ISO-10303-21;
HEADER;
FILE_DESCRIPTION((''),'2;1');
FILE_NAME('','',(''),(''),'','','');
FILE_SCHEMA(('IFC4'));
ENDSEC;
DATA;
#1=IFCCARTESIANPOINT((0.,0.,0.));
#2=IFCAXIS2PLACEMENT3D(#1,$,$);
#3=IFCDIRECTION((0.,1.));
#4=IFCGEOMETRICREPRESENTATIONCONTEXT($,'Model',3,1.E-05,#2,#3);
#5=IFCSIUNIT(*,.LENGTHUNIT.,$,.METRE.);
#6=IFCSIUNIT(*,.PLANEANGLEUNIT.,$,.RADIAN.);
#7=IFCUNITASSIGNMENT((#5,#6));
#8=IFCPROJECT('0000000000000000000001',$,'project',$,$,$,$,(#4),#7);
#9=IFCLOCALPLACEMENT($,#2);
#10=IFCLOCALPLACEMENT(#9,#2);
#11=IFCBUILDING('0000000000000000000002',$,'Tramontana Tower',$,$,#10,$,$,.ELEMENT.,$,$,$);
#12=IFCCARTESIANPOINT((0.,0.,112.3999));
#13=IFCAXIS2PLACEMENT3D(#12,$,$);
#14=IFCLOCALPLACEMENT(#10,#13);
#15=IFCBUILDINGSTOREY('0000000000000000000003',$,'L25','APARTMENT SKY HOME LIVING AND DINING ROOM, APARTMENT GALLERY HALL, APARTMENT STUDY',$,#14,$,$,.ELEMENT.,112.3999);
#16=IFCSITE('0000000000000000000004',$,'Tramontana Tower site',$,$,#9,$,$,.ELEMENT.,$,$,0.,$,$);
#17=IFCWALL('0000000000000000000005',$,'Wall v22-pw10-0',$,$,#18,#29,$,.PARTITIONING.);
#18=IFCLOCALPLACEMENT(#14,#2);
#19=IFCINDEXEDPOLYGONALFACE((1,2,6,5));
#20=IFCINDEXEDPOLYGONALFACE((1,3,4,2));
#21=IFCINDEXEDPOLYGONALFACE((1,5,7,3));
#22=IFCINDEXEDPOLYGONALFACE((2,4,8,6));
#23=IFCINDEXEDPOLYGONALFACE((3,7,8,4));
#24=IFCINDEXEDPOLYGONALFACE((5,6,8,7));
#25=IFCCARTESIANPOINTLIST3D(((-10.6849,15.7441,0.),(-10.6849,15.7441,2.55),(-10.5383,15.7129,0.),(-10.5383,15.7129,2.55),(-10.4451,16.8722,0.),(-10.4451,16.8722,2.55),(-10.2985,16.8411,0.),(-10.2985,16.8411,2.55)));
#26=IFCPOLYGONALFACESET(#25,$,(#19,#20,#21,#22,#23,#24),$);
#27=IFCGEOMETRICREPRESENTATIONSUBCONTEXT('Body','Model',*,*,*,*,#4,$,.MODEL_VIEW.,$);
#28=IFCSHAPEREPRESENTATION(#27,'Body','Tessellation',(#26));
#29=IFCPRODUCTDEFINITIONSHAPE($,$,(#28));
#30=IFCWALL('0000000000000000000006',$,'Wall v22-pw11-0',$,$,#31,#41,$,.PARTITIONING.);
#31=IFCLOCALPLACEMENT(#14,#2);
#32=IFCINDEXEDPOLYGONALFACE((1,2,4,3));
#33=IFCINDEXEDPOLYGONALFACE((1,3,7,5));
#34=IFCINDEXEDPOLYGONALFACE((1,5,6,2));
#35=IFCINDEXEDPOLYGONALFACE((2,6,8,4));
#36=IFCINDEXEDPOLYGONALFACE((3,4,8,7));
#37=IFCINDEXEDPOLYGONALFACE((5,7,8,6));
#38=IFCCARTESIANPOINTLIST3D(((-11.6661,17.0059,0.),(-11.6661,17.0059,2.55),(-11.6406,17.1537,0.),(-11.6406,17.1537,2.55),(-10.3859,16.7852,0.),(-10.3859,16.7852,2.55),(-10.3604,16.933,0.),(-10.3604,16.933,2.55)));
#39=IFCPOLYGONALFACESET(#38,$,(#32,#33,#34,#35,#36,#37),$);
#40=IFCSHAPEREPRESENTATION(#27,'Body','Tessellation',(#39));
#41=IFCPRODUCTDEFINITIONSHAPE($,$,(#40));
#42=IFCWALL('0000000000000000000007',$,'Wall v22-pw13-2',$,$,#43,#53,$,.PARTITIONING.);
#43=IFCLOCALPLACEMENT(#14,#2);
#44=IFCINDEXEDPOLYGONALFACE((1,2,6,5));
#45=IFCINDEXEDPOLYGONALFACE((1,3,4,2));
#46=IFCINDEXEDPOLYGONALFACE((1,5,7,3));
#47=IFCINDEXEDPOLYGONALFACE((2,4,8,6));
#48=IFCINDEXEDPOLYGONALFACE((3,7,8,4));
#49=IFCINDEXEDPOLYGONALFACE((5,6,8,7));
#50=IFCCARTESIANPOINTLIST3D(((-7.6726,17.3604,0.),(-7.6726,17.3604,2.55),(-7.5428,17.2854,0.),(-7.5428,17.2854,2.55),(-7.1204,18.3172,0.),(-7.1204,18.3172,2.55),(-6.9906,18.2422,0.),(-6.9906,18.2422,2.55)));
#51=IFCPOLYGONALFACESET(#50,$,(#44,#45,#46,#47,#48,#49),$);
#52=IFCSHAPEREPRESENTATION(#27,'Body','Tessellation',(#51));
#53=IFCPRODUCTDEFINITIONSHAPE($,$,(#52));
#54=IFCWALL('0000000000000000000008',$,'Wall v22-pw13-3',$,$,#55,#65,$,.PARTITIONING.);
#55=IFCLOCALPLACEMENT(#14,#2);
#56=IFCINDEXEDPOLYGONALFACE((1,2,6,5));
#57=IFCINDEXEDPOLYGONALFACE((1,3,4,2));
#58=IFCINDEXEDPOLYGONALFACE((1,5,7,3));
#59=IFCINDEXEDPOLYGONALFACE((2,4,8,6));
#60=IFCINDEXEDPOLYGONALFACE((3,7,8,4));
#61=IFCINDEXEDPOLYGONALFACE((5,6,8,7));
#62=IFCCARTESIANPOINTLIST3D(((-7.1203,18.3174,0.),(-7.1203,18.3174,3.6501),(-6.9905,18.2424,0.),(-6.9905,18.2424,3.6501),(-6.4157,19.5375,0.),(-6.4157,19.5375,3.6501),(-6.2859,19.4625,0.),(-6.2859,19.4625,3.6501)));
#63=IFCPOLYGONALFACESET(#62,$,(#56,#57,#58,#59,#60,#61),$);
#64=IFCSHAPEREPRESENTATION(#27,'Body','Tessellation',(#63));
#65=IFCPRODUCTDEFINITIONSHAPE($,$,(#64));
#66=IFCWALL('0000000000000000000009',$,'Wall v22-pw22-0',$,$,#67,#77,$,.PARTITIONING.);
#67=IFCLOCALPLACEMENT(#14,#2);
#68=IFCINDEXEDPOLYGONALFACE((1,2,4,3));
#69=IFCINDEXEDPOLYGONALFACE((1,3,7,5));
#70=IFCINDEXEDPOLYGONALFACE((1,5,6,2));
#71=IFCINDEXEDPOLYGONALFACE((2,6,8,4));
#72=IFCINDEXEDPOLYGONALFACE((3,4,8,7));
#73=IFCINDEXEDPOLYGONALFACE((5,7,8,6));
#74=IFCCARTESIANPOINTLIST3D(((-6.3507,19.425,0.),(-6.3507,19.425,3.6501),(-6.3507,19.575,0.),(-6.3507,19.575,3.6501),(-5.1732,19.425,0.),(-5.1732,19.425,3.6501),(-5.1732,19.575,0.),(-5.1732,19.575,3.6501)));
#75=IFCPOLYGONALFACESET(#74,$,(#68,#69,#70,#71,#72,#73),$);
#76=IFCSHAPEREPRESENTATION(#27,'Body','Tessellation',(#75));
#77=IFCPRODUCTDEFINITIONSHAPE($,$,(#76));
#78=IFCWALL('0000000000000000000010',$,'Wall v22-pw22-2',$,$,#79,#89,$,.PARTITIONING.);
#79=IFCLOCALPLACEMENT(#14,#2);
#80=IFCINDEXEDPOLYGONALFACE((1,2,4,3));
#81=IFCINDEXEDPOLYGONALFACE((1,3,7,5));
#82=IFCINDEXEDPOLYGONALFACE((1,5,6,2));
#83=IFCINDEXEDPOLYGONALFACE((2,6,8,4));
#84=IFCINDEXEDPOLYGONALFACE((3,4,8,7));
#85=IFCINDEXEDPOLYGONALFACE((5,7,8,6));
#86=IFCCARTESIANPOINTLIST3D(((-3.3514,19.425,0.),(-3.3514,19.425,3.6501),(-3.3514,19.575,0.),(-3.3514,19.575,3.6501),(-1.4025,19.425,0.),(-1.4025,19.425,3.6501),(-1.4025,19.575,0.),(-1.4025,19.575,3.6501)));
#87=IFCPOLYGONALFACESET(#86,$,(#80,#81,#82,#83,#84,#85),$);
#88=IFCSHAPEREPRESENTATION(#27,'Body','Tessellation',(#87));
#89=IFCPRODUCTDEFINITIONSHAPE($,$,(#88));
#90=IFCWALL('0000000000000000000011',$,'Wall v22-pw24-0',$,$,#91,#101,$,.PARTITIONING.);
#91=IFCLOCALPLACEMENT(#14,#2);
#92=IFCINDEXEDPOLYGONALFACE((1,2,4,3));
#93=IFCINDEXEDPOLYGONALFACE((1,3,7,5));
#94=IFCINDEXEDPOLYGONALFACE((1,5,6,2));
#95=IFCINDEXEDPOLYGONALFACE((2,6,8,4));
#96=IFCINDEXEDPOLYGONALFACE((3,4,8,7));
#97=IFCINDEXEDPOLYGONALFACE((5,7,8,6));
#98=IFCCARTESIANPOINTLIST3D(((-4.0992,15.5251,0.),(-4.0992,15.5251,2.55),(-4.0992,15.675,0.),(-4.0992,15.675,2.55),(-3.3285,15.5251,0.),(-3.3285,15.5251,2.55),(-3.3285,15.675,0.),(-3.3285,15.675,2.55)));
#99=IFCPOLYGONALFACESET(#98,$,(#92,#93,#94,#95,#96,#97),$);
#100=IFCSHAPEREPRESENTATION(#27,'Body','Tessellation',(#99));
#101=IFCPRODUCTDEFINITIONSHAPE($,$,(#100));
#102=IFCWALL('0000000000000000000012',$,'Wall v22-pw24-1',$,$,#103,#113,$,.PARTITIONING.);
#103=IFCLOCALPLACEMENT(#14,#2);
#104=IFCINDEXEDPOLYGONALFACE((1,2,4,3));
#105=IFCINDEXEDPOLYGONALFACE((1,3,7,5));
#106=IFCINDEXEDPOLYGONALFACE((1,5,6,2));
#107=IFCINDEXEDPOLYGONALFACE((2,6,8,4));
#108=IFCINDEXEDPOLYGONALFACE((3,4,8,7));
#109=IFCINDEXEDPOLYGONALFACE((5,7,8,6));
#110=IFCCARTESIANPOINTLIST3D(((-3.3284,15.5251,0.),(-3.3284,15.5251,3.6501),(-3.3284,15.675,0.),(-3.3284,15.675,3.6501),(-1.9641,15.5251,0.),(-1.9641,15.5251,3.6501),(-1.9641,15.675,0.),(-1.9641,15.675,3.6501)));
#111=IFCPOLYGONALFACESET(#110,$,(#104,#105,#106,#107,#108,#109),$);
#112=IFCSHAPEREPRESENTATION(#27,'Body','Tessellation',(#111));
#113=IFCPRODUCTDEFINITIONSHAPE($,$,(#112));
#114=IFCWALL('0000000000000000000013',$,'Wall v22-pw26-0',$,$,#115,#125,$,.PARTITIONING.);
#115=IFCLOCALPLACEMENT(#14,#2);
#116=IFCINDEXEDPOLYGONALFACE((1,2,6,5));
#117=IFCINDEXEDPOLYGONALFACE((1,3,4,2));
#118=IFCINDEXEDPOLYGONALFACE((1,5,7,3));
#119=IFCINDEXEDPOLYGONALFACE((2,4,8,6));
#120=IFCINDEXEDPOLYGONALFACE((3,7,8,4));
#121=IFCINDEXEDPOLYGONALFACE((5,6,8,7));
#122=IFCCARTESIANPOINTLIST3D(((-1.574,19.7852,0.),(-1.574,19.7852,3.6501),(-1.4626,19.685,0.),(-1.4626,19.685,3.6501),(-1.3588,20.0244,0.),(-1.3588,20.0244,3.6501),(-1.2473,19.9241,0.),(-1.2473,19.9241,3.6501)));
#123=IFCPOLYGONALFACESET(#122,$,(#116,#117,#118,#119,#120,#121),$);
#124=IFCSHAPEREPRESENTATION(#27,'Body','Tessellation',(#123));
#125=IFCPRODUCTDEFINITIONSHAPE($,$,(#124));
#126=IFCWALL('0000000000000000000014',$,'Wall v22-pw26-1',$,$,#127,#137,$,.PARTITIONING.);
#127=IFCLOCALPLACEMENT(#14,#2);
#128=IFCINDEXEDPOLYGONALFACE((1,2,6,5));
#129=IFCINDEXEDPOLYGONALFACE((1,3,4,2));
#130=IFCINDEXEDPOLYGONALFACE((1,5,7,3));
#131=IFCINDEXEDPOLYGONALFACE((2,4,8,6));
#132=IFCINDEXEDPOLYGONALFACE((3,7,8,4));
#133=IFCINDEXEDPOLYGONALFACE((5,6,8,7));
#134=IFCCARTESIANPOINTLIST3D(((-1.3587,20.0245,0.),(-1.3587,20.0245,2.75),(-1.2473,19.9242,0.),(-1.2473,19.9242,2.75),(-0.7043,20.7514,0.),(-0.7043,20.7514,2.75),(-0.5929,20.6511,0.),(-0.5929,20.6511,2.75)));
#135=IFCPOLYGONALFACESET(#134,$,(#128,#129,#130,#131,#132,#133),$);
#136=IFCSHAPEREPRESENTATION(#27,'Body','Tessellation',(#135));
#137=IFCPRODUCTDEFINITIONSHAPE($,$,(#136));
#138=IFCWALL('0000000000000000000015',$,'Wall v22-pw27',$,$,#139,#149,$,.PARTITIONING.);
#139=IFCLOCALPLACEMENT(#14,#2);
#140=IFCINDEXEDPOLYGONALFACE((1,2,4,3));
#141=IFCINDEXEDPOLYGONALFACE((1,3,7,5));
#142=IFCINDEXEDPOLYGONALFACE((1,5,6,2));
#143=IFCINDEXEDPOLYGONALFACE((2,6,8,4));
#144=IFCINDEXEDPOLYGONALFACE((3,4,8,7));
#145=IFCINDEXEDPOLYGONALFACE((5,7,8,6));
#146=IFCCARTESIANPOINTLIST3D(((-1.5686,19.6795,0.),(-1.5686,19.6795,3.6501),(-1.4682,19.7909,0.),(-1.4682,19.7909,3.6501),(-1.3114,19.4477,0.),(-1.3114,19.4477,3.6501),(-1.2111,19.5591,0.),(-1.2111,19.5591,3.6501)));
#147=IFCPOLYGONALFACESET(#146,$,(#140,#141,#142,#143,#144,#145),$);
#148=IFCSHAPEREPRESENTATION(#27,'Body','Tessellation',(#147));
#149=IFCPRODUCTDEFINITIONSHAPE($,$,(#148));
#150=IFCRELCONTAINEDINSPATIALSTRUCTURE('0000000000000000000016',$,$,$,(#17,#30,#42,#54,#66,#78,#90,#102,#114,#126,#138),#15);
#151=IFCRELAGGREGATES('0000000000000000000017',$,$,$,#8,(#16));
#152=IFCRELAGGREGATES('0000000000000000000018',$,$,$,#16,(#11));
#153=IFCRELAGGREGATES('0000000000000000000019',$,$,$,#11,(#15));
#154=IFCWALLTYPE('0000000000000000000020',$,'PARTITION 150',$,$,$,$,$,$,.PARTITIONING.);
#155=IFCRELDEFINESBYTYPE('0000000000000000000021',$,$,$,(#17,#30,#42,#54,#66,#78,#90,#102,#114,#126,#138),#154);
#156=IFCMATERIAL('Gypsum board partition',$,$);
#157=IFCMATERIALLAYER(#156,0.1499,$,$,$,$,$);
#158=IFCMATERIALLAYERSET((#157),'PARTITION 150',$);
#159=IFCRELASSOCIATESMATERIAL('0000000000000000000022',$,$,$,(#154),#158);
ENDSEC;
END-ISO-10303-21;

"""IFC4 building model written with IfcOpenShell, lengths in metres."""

from ifc_helpers import new_model, si_unit, direction, frame, frame_2d, origin, place, context, subcontext, project, spatial, rectangle, extrude, material, layer, layer_set, type_object, element, save


model = new_model("IFC4")

# Units and contexts
model_context = context("Model", 3, precision=1e-05, world=origin(), true_north=direction((0.0, 1.0)))
body_context = subcontext(model_context, "Body", "Model", "MODEL_VIEW")
ifc_project = project(units=[si_unit("LENGTHUNIT", "METRE"), si_unit("PLANEANGLEUNIT", "RADIAN")], contexts=[model_context])

# Site, building, storey
site_placement = place(None, origin())
site = spatial("IfcSite", under=ifc_project, at=site_placement, Name="Tramontana Tower site", CompositionType="ELEMENT", RefElevation=0.0)
building_placement = place(site_placement, origin())
building = spatial("IfcBuilding", under=site, at=building_placement, Name="Tramontana Tower", CompositionType="ELEMENT")
storey_placement = place(building_placement, frame((0.0, 0.0, 112.3999)))
storey = spatial("IfcBuildingStorey", under=building, at=storey_placement, Name="L25", Description="APARTMENT SKY HOME LIVING AND DINING ROOM, APARTMENT GALLERY HALL, APARTMENT STUDY", CompositionType="ELEMENT", Elevation=112.3999)

# Walls
ifc_material_1 = material(Name="Gypsum board partition")
ifc_layer_1 = layer(ifc_material_1, 0.1499)
ifc_layer_set_1 = layer_set([ifc_layer_1], Name="PARTITION 150")
wall_type_1 = type_object("IfcWallType", Name="PARTITION 150", PredefinedType="PARTITIONING", material=ifc_layer_set_1)
wall_1_placement = place(storey_placement, frame((-10.6116, 15.7285, 0.0), z_axis=(0.0, 0.0, 1.0), x_axis=(0.207866, 0.978157, 0.0)))
element("IfcWall", 1, at=wall_1_placement, inside=storey, type_object=wall_type_1, Name="Wall v22-pw10-0", PredefinedType="PARTITIONING", context=body_context, shape_type="SweptSolid", body=[
    extrude(rectangle(XDim=1.1533, YDim=0.1499, at=frame_2d((0.5767, 0.0))), origin(), (0.0, 0.0, 1.0), 2.55),
])
wall_2_placement = place(storey_placement, frame((-10.3733, 16.8591, 0.0), z_axis=(0.0, 0.0, 1.0), x_axis=(-0.985464, 0.169882, 0.0)))
element("IfcWall", 2, at=wall_2_placement, inside=storey, type_object=wall_type_1, Name="Wall v22-pw11-0", PredefinedType="PARTITIONING", context=body_context, shape_type="SweptSolid", body=[
    extrude(rectangle(XDim=1.2991, YDim=0.1499, at=frame_2d((0.6494, 0.0))), origin(), (0.0, 0.0, 1.0), 2.55),
])
wall_3_placement = place(storey_placement, frame((-7.6077, 17.323, 0.0), z_axis=(0.0, 0.0, 1.0), x_axis=(0.499895, 0.866086, 0.0)))
element("IfcWall", 3, at=wall_3_placement, inside=storey, type_object=wall_type_1, Name="Wall v22-pw13-2", PredefinedType="PARTITIONING", context=body_context, shape_type="SweptSolid", body=[
    extrude(rectangle(XDim=1.1047, YDim=0.1499, at=frame_2d((0.5522, 0.0))), origin(), (0.0, 0.0, 1.0), 2.55),
])
wall_4_placement = place(storey_placement, frame((-7.0554, 18.2798, 0.0), z_axis=(0.0, 0.0, 1.0), x_axis=(0.500052, 0.865995, 0.0)))
element("IfcWall", 4, at=wall_4_placement, inside=storey, type_object=wall_type_1, Name="Wall v22-pw13-3", PredefinedType="PARTITIONING", context=body_context, shape_type="SweptSolid", body=[
    extrude(rectangle(XDim=1.4089, YDim=0.1499, at=frame_2d((0.7046, 0.0))), origin(), (0.0, 0.0, 1.0), 3.6501),
])
wall_5_placement = place(storey_placement, frame((-6.3508, 19.5, 0.0), z_axis=(0.0, 0.0, 1.0), x_axis=(1.0, 0.0, 0.0)))
element("IfcWall", 5, at=wall_5_placement, inside=storey, type_object=wall_type_1, Name="Wall v22-pw22-0", PredefinedType="PARTITIONING", context=body_context, shape_type="SweptSolid", body=[
    extrude(rectangle(XDim=1.1775, YDim=0.1499, at=frame_2d((0.5889, 0.0))), origin(), (0.0, 0.0, 1.0), 3.6501),
])

# Walls
wall_6_placement = place(storey_placement, frame((-3.3516, 19.5, 0.0), z_axis=(0.0, 0.0, 1.0), x_axis=(1.0, 0.0, 0.0)))
element("IfcWall", 6, at=wall_6_placement, inside=storey, type_object=wall_type_1, Name="Wall v22-pw22-2", PredefinedType="PARTITIONING", context=body_context, shape_type="SweptSolid", body=[
    extrude(rectangle(XDim=1.949, YDim=0.1499, at=frame_2d((0.9746, 0.0))), origin(), (0.0, 0.0, 1.0), 3.6501),
])
wall_7_placement = place(storey_placement, frame((-4.0991, 15.6001, 0.0), z_axis=(0.0, 0.0, 1.0), x_axis=(1.0, 0.0, 0.0)))
element("IfcWall", 7, at=wall_7_placement, inside=storey, type_object=wall_type_1, Name="Wall v22-pw24-0", PredefinedType="PARTITIONING", context=body_context, shape_type="SweptSolid", body=[
    extrude(rectangle(XDim=0.7708, YDim=0.1499, at=frame_2d((0.3853, 0.0))), origin(), (0.0, 0.0, 1.0), 2.55),
])
wall_8_placement = place(storey_placement, frame((-3.3284, 15.6001, 0.0), z_axis=(0.0, 0.0, 1.0), x_axis=(1.0, 0.0, 0.0)))
element("IfcWall", 8, at=wall_8_placement, inside=storey, type_object=wall_type_1, Name="Wall v22-pw24-1", PredefinedType="PARTITIONING", context=body_context, shape_type="SweptSolid", body=[
    extrude(rectangle(XDim=1.3643, YDim=0.1499, at=frame_2d((0.6821, 0.0))), origin(), (0.0, 0.0, 1.0), 3.6501),
])

# Walls
wall_9_placement = place(storey_placement, frame((-1.5183, 19.7351, 0.0), z_axis=(0.0, 0.0, 1.0), x_axis=(0.668965, 0.743294, 0.0)))
element("IfcWall", 9, at=wall_9_placement, inside=storey, type_object=wall_type_1, Name="Wall v22-pw26-0", PredefinedType="PARTITIONING", context=body_context, shape_type="SweptSolid", body=[
    extrude(rectangle(XDim=0.3218, YDim=0.1499, at=frame_2d((0.1609, 0.0))), origin(), (0.0, 0.0, 1.0), 3.6501),
])
wall_10_placement = place(storey_placement, frame((-1.303, 19.9744, 0.0), z_axis=(0.0, 0.0, 1.0), x_axis=(0.669061, 0.743207, 0.0)))
element("IfcWall", 10, at=wall_10_placement, inside=storey, type_object=wall_type_1, Name="Wall v22-pw26-1", PredefinedType="PARTITIONING", context=body_context, shape_type="SweptSolid", body=[
    extrude(rectangle(XDim=0.978, YDim=0.1499, at=frame_2d((0.489, 0.0))), origin(), (0.0, 0.0, 1.0), 2.75),
])
wall_11_placement = place(storey_placement, frame((-1.2612, 19.5034, 0.0), z_axis=(0.0, 0.0, 1.0), x_axis=(-0.742838, 0.669471, 0.0)))
element("IfcWall", 11, at=wall_11_placement, inside=storey, type_object=wall_type_1, Name="Wall v22-pw27", PredefinedType="PARTITIONING", context=body_context, shape_type="SweptSolid", body=[
    extrude(rectangle(XDim=0.3462, YDim=0.1499, at=frame_2d((0.1731, 0.0))), origin(), (0.0, 0.0, 1.0), 3.6501),
])

save(model, "model.ifc")
